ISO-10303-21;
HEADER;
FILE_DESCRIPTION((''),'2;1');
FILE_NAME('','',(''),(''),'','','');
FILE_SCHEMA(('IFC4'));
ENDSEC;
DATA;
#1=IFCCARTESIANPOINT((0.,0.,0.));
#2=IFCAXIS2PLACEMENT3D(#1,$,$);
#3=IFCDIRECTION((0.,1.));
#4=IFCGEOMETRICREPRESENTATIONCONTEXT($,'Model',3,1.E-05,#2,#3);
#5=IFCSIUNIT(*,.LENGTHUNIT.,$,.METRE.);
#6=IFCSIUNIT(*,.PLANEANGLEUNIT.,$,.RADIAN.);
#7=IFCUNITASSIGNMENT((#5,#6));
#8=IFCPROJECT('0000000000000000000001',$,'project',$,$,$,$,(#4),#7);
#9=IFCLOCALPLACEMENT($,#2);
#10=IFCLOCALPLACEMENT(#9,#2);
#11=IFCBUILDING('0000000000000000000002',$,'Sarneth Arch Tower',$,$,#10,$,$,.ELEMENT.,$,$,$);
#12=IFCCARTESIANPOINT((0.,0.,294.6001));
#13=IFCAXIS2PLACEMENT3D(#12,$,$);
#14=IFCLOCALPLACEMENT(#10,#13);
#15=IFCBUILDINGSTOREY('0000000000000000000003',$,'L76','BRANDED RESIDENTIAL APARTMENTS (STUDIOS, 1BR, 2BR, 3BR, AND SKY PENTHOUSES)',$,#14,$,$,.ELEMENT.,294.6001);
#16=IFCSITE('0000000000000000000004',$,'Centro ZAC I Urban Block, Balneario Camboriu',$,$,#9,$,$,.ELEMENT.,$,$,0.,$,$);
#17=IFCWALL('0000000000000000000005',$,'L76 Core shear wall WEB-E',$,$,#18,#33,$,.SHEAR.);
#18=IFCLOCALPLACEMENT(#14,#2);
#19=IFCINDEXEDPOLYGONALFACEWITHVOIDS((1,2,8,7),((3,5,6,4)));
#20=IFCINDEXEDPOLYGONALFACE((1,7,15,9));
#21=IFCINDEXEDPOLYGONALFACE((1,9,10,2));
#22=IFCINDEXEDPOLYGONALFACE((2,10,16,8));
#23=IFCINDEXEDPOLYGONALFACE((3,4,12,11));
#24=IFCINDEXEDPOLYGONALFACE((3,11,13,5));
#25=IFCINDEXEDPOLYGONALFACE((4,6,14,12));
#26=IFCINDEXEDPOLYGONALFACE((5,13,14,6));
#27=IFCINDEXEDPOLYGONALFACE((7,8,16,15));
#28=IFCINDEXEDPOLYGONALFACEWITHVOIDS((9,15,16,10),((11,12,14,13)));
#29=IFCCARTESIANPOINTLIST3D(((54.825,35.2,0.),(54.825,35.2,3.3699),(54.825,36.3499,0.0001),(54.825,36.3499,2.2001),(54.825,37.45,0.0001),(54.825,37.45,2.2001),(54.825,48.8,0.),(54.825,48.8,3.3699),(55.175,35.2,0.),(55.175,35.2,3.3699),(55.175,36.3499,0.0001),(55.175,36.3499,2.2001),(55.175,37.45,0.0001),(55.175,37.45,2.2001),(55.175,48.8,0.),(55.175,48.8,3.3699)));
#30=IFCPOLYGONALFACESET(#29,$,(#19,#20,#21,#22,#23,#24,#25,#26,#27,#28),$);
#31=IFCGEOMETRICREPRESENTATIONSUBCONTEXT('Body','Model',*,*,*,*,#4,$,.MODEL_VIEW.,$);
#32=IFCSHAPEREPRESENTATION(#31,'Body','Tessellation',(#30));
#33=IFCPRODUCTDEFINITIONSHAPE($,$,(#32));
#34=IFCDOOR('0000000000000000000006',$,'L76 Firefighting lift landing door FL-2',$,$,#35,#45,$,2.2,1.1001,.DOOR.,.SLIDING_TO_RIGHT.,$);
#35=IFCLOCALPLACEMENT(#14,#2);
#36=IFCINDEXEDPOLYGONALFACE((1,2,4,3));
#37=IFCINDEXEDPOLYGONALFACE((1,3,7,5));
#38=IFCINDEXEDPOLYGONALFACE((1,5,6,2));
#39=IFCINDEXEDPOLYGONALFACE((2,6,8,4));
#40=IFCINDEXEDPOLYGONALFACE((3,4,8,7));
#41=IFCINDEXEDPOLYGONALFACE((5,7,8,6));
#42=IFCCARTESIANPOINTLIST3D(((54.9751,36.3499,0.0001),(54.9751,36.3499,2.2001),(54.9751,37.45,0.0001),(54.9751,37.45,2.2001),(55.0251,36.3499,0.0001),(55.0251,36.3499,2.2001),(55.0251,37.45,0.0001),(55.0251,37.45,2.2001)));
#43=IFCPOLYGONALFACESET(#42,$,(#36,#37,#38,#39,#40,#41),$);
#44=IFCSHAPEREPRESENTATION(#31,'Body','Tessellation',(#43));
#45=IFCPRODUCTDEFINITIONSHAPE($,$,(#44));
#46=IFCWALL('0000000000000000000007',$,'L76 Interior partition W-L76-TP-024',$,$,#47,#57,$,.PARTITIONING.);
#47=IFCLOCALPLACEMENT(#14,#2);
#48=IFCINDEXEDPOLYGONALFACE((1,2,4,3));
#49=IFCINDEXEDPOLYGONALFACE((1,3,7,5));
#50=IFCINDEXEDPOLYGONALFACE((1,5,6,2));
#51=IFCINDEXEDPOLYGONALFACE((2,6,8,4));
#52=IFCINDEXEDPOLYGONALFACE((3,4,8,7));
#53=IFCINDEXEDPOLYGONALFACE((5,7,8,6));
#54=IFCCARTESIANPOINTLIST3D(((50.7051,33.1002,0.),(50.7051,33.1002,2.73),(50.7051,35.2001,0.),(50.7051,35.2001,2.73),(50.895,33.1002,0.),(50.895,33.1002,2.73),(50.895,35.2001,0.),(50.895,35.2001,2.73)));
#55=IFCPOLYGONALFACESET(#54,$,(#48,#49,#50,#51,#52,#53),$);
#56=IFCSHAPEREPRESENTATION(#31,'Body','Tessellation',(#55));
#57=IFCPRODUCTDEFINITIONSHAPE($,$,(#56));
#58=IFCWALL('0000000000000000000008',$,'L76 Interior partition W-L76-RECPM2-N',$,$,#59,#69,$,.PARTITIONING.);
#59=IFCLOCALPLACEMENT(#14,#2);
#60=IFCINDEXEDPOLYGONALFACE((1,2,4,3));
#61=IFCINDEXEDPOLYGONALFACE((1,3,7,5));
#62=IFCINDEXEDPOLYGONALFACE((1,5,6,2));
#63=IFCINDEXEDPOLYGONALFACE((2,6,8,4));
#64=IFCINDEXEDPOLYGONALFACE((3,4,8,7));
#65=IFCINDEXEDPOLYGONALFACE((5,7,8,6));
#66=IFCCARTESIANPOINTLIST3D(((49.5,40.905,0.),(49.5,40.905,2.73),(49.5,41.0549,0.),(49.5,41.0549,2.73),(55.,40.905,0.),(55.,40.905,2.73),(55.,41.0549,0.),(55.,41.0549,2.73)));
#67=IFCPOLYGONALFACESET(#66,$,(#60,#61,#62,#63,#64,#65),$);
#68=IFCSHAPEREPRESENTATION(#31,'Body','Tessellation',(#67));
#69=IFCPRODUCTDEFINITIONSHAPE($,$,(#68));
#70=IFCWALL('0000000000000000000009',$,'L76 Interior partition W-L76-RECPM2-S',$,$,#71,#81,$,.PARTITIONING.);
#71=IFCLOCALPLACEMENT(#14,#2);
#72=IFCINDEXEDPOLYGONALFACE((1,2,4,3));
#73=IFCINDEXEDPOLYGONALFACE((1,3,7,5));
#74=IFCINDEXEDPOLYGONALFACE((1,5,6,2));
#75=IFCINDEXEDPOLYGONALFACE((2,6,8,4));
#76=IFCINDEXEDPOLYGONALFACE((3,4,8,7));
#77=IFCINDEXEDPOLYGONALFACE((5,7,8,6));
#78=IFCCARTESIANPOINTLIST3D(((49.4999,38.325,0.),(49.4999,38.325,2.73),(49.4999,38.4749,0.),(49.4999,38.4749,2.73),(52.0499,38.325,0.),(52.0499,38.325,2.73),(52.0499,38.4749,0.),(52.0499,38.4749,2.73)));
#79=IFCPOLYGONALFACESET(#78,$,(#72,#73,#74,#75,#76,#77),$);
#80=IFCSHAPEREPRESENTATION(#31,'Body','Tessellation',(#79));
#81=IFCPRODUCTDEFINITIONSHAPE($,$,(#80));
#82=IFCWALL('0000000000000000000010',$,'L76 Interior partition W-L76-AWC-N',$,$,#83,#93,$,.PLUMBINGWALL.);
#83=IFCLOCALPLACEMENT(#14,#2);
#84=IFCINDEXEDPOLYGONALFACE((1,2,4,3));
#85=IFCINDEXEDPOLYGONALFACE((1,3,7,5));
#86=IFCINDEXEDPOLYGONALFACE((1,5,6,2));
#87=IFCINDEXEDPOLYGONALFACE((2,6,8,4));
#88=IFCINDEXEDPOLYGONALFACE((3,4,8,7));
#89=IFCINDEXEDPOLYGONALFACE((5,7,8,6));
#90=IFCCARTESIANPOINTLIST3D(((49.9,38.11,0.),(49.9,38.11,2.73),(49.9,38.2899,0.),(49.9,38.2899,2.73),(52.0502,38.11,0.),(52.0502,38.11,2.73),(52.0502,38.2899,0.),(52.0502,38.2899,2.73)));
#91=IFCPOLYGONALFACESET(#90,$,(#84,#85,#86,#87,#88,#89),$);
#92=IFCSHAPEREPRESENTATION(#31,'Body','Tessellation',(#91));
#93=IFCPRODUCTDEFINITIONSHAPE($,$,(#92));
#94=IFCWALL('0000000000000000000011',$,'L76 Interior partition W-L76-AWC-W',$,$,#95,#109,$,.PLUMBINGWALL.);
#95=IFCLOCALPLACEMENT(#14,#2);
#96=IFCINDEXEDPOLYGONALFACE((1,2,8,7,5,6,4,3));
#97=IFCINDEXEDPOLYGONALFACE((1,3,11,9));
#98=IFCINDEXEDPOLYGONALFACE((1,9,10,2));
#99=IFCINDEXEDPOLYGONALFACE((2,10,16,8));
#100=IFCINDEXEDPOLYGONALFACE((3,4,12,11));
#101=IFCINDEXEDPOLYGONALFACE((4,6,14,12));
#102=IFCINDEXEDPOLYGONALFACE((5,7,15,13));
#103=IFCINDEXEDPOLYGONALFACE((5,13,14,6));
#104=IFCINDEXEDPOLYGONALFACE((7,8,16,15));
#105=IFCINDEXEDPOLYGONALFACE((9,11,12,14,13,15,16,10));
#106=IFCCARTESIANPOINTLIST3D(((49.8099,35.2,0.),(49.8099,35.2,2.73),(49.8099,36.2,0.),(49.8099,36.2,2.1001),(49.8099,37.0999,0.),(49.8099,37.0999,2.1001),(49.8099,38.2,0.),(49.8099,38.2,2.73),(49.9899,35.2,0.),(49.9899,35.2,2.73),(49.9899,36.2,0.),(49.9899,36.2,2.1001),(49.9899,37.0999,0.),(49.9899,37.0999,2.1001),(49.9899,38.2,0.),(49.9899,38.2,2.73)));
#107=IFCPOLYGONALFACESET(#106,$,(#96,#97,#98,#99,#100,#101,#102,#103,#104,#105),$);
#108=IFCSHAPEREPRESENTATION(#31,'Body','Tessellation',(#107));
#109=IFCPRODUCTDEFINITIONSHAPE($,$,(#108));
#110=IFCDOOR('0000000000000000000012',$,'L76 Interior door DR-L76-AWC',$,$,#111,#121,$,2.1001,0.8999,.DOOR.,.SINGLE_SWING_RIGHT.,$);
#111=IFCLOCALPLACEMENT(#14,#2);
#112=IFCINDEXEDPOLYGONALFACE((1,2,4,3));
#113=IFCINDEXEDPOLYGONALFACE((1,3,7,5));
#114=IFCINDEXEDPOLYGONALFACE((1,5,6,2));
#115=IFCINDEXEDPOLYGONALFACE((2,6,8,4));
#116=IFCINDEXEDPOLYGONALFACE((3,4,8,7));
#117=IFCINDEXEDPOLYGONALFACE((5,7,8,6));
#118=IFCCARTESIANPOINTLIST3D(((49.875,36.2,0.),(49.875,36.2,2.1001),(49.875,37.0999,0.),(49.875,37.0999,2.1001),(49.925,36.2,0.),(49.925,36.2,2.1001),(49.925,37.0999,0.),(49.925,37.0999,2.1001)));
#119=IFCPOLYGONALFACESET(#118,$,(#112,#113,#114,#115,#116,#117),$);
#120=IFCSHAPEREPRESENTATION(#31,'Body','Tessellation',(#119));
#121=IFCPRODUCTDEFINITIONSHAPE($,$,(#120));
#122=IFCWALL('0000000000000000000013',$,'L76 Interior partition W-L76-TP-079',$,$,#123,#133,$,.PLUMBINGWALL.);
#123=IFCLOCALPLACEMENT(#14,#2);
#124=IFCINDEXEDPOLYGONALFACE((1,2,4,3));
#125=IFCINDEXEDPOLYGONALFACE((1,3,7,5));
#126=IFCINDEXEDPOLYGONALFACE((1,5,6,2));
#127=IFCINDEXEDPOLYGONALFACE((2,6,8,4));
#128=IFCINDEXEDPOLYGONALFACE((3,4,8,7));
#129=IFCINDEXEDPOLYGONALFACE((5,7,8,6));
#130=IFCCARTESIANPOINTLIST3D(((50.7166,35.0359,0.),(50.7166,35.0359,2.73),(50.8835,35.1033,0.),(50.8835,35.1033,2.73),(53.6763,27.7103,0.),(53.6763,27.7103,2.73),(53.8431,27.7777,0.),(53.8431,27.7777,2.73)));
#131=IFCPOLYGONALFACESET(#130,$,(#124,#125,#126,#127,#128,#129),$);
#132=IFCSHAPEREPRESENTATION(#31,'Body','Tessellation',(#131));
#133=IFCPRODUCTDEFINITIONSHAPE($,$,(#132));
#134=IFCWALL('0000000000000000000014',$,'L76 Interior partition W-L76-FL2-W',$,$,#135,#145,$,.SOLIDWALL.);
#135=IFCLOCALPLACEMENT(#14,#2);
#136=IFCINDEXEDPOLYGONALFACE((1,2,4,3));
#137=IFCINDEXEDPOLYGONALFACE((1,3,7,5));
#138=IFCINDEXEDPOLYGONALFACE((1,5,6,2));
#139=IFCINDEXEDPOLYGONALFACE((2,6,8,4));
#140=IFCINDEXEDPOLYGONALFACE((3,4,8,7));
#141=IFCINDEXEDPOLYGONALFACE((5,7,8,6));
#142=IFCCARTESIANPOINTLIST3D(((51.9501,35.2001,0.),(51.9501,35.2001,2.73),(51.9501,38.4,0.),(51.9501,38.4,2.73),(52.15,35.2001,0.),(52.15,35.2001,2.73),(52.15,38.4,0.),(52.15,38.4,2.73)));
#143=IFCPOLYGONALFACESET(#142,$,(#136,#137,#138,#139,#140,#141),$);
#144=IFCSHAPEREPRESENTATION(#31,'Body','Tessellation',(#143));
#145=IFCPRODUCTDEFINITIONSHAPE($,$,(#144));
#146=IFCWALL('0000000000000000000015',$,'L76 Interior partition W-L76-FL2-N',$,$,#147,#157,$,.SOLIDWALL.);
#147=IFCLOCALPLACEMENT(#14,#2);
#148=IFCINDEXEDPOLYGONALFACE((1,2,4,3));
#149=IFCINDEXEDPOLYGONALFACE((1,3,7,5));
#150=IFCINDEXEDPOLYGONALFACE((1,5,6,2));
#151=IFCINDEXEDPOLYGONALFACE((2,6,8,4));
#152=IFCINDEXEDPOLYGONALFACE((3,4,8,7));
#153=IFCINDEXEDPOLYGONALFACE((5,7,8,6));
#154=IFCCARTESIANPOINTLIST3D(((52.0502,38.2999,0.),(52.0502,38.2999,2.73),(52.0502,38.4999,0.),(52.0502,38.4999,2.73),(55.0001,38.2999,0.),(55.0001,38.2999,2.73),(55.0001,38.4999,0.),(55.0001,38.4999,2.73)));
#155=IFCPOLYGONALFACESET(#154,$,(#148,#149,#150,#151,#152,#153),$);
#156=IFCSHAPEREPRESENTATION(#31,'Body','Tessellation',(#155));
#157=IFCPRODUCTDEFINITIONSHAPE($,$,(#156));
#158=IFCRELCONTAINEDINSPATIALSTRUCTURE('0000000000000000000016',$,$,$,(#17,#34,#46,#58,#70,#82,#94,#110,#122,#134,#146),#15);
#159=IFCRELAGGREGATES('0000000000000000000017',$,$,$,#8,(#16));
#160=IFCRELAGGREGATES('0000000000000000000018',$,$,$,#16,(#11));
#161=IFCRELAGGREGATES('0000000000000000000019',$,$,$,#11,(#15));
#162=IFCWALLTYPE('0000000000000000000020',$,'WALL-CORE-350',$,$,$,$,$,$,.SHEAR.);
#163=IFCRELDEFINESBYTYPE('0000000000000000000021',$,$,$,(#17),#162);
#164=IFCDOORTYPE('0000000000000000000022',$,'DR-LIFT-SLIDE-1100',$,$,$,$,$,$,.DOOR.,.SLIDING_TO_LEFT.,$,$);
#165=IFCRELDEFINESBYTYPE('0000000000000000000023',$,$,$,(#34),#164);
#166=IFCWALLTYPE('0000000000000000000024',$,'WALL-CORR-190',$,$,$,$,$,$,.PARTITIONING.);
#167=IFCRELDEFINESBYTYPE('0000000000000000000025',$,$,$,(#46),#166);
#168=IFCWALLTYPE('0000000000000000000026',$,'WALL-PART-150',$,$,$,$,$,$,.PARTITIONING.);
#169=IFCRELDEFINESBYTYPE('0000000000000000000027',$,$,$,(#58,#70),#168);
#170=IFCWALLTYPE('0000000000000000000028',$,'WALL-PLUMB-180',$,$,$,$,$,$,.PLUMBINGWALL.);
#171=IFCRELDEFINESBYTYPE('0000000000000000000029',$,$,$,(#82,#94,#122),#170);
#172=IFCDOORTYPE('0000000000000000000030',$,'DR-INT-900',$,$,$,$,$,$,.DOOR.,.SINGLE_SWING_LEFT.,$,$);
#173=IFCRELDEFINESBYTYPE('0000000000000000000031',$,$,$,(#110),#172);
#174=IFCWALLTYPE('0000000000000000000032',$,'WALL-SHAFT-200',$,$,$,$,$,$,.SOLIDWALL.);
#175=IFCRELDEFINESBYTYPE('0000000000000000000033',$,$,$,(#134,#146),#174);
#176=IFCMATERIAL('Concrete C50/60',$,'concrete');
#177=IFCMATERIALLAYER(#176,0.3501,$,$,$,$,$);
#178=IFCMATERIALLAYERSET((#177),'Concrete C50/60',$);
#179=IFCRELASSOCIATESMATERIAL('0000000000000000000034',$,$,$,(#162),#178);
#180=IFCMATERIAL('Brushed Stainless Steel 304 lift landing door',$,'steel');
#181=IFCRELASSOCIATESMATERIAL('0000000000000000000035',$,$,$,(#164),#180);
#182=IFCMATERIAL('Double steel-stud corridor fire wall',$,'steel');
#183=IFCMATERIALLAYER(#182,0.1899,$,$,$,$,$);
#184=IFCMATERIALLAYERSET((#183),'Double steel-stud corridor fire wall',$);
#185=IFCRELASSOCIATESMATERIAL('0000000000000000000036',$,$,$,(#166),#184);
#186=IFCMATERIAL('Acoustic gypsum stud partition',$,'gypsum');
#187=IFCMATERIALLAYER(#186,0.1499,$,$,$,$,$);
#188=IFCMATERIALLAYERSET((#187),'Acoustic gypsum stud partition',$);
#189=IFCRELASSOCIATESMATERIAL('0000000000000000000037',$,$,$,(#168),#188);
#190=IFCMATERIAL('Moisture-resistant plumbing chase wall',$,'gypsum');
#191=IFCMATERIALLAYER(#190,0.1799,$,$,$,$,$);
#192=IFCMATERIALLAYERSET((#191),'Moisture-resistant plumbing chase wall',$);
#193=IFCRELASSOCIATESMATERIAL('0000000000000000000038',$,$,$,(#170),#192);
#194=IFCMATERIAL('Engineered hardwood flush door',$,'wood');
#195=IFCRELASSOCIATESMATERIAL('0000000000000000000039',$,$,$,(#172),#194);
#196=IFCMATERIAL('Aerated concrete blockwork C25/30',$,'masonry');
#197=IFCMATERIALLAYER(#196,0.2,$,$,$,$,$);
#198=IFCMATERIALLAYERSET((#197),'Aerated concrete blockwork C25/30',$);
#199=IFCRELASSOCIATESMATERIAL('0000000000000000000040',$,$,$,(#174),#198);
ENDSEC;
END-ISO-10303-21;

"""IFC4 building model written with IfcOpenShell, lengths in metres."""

from ifc_helpers import new_model, si_unit, direction, frame, frame_2d, origin, place, context, subcontext, project, spatial, rectangle, extrude, material, layer, layer_set, type_object, element, fill, save


model = new_model("IFC4")

# Units and contexts
model_context = context("Model", 3, precision=1e-05, world=origin(), true_north=direction((0.0, 1.0)))
body_context = subcontext(model_context, "Body", "Model", "MODEL_VIEW")
ifc_project = project(units=[si_unit("LENGTHUNIT", "METRE"), si_unit("PLANEANGLEUNIT", "RADIAN")], contexts=[model_context])

# Site, building, storey
site_placement = place(None, origin())
site = spatial("IfcSite", under=ifc_project, at=site_placement, Name="Centro ZAC I Urban Block, Balneario Camboriu", CompositionType="ELEMENT", RefElevation=0.0)
building_placement = place(site_placement, origin())
building = spatial("IfcBuilding", under=site, at=building_placement, Name="Sarneth Arch Tower", CompositionType="ELEMENT")
storey_placement = place(building_placement, frame((0.0, 0.0, 294.6001)))
storey = spatial("IfcBuildingStorey", under=building, at=storey_placement, Name="L76", Description="BRANDED RESIDENTIAL APARTMENTS (STUDIOS, 1BR, 2BR, 3BR, AND SKY PENTHOUSES)", CompositionType="ELEMENT", Elevation=294.6001)

# Shared definitions
ifc_material_1 = material(Name="Concrete C50/60", Category="concrete")
ifc_layer_1 = layer(ifc_material_1, 0.3501)
ifc_layer_set_1 = layer_set([ifc_layer_1], Name="Concrete C50/60")
wall_type_1 = type_object("IfcWallType", Name="WALL-CORE-350", PredefinedType="SHEAR", material=ifc_layer_set_1)

# Wall, opening, door
wall_1_placement = place(storey_placement, frame((55.0, 35.2, 0.0), z_axis=(0.0, 0.0, 1.0), x_axis=(0.0, 1.0, 0.0)))
wall_1 = element("IfcWall", 1, at=wall_1_placement, inside=storey, type_object=wall_type_1, Name="L76 Core shear wall WEB-E", PredefinedType="SHEAR", context=body_context, shape_type="SweptSolid", body=[
    extrude(rectangle(XDim=13.6001, YDim=0.3501, at=frame_2d((6.8, 0.0))), origin(), (0.0, 0.0, 1.0), 3.3699),
])
opening_1_placement = place(wall_1_placement, frame((1.1499, 0.0, 0.0)))
opening_1 = element("IfcOpeningElement", 2, at=opening_1_placement, cuts=wall_1, PredefinedType="OPENING", context=body_context, shape_type="SweptSolid", body=[
    extrude(rectangle(XDim=1.1001, YDim=2.2, at=frame_2d((0.55, 1.1001))), frame((0.0, 0.1851, 0.0), z_axis=(0.0, -1.0, 0.0), x_axis=(1.0, 0.0, 0.0)), (0.0, 0.0, 1.0), 0.3701),
])
ifc_material_2 = material(Name="Brushed Stainless Steel 304 lift landing door", Category="steel")
door_type_1 = type_object("IfcDoorType", Name="DR-LIFT-SLIDE-1100", OperationType="SLIDING_TO_LEFT", PredefinedType="DOOR", material=ifc_material_2)
door_1_placement = place(opening_1_placement, origin())
door_1 = element("IfcDoor", 3, at=door_1_placement, inside=storey, type_object=door_type_1, Name="L76 Firefighting lift landing door FL-2", OperationType="SLIDING_TO_RIGHT", OverallHeight=2.2, OverallWidth=1.1001, PredefinedType="DOOR", context=body_context, shape_type="SweptSolid", body=[
    extrude(rectangle(XDim=1.1001, YDim=2.2, at=frame_2d((0.55, 1.1001))), frame((0.0, 0.0249, 0.0), z_axis=(0.0, -1.0, 0.0), x_axis=(1.0, 0.0, 0.0)), (0.0, 0.0, 1.0), 0.05),
])
fill(opening_1, door_1)

# Walls
ifc_material_3 = material(Name="Double steel-stud corridor fire wall", Category="steel")
ifc_layer_2 = layer(ifc_material_3, 0.1899)
ifc_layer_set_2 = layer_set([ifc_layer_2], Name="Double steel-stud corridor fire wall")
wall_type_2 = type_object("IfcWallType", Name="WALL-CORR-190", PredefinedType="PARTITIONING", material=ifc_layer_set_2)
wall_2_placement = place(storey_placement, frame((50.8, 35.2, 0.0), z_axis=(0.0, 0.0, 1.0), x_axis=(0.0, -1.0, 0.0)))
element("IfcWall", 4, at=wall_2_placement, inside=storey, type_object=wall_type_2, Name="L76 Interior partition W-L76-TP-024", PredefinedType="PARTITIONING", context=body_context, shape_type="SweptSolid", body=[
    extrude(rectangle(XDim=2.0999, YDim=0.1899, at=frame_2d((1.0498, 0.0))), origin(), (0.0, 0.0, 1.0), 2.73),
])
ifc_material_4 = material(Name="Acoustic gypsum stud partition", Category="gypsum")
ifc_layer_3 = layer(ifc_material_4, 0.1499)
ifc_layer_set_3 = layer_set([ifc_layer_3], Name="Acoustic gypsum stud partition")
wall_type_3 = type_object("IfcWallType", Name="WALL-PART-150", PredefinedType="PARTITIONING", material=ifc_layer_set_3)
wall_3_placement = place(storey_placement, frame((49.5, 40.98, 0.0), z_axis=(0.0, 0.0, 1.0), x_axis=(1.0, 0.0, 0.0)))
element("IfcWall", 5, at=wall_3_placement, inside=storey, type_object=wall_type_3, Name="L76 Interior partition W-L76-RECPM2-N", PredefinedType="PARTITIONING", context=body_context, shape_type="SweptSolid", body=[
    extrude(rectangle(XDim=5.5, YDim=0.1499, at=frame_2d((2.75, 0.0))), origin(), (0.0, 0.0, 1.0), 2.73),
])
wall_4_placement = place(storey_placement, frame((49.5, 38.3999, 0.0), z_axis=(0.0, 0.0, 1.0), x_axis=(1.0, 0.0, 0.0)))
element("IfcWall", 6, at=wall_4_placement, inside=storey, type_object=wall_type_3, Name="L76 Interior partition W-L76-RECPM2-S", PredefinedType="PARTITIONING", context=body_context, shape_type="SweptSolid", body=[
    extrude(rectangle(XDim=2.55, YDim=0.1499, at=frame_2d((1.2749, 0.0))), origin(), (0.0, 0.0, 1.0), 2.73),
])

# Wall
ifc_material_5 = material(Name="Moisture-resistant plumbing chase wall", Category="gypsum")
ifc_layer_4 = layer(ifc_material_5, 0.1799)
ifc_layer_set_4 = layer_set([ifc_layer_4], Name="Moisture-resistant plumbing chase wall")
wall_type_4 = type_object("IfcWallType", Name="WALL-PLUMB-180", PredefinedType="PLUMBINGWALL", material=ifc_layer_set_4)
wall_5_placement = place(storey_placement, frame((49.8999, 38.2, 0.0), z_axis=(0.0, 0.0, 1.0), x_axis=(1.0, 0.0, 0.0)))
element("IfcWall", 7, at=wall_5_placement, inside=storey, type_object=wall_type_4, Name="L76 Interior partition W-L76-AWC-N", PredefinedType="PLUMBINGWALL", context=body_context, shape_type="SweptSolid", body=[
    extrude(rectangle(XDim=2.1501, YDim=0.1799, at=frame_2d((1.0752, 0.0))), origin(), (0.0, 0.0, 1.0), 2.73),
])

# Wall, opening, door
wall_6_placement = place(storey_placement, frame((49.8999, 35.2, 0.0), z_axis=(0.0, 0.0, 1.0), x_axis=(0.0, 1.0, 0.0)))
wall_6 = element("IfcWall", 8, at=wall_6_placement, inside=storey, type_object=wall_type_4, Name="L76 Interior partition W-L76-AWC-W", PredefinedType="PLUMBINGWALL", context=body_context, shape_type="SweptSolid", body=[
    extrude(rectangle(XDim=3.0, YDim=0.1799, at=frame_2d((1.5, 0.0))), origin(), (0.0, 0.0, 1.0), 2.73),
])
opening_2_placement = place(wall_6_placement, frame((1.0, 0.0, 0.0)))
opening_2 = element("IfcOpeningElement", 9, at=opening_2_placement, cuts=wall_6, PredefinedType="OPENING", context=body_context, shape_type="SweptSolid", body=[
    extrude(rectangle(XDim=0.8999, YDim=2.1001, at=frame_2d((0.45, 1.05))), frame((0.0, 0.0999, 0.0), z_axis=(0.0, -1.0, 0.0), x_axis=(1.0, 0.0, 0.0)), (0.0, 0.0, 1.0), 0.2),
])
ifc_material_6 = material(Name="Engineered hardwood flush door", Category="wood")
door_type_2 = type_object("IfcDoorType", Name="DR-INT-900", OperationType="SINGLE_SWING_LEFT", PredefinedType="DOOR", material=ifc_material_6)
door_2_placement = place(opening_2_placement, origin())
door_2 = element("IfcDoor", 10, at=door_2_placement, inside=storey, type_object=door_type_2, Name="L76 Interior door DR-L76-AWC", OperationType="SINGLE_SWING_RIGHT", OverallHeight=2.1001, OverallWidth=0.8999, PredefinedType="DOOR", context=body_context, shape_type="SweptSolid", body=[
    extrude(rectangle(XDim=0.8999, YDim=2.1001, at=frame_2d((0.45, 1.05))), frame((0.0, 0.0249, 0.0), z_axis=(0.0, -1.0, 0.0), x_axis=(1.0, 0.0, 0.0)), (0.0, 0.0, 1.0), 0.05),
])
fill(opening_2, door_2)

# Wall
wall_7_placement = place(storey_placement, frame((50.8, 35.0696, 0.0), z_axis=(0.0, 0.0, 1.0), x_axis=(0.374601, -0.927186, 0.0)))
element("IfcWall", 11, at=wall_7_placement, inside=storey, type_object=wall_type_4, Name="L76 Interior partition W-L76-TP-079", PredefinedType="PLUMBINGWALL", context=body_context, shape_type="SweptSolid", body=[
    extrude(rectangle(XDim=7.9009, YDim=0.1799, at=frame_2d((3.9504, 0.0))), origin(), (0.0, 0.0, 1.0), 2.73),
])

# Shared definitions
ifc_material_7 = material(Name="Aerated concrete blockwork C25/30", Category="masonry")
ifc_layer_5 = layer(ifc_material_7, 0.2)
ifc_layer_set_5 = layer_set([ifc_layer_5], Name="Aerated concrete blockwork C25/30")
wall_type_5 = type_object("IfcWallType", Name="WALL-SHAFT-200", PredefinedType="SOLIDWALL", material=ifc_layer_set_5)

# Walls
wall_8_placement = place(storey_placement, frame((52.05, 35.2, 0.0), z_axis=(0.0, 0.0, 1.0), x_axis=(0.0, 1.0, 0.0)))
element("IfcWall", 12, at=wall_8_placement, inside=storey, type_object=wall_type_5, Name="L76 Interior partition W-L76-FL2-W", PredefinedType="SOLIDWALL", context=body_context, shape_type="SweptSolid", body=[
    extrude(rectangle(XDim=3.2, YDim=0.2, at=frame_2d((1.6001, 0.0))), origin(), (0.0, 0.0, 1.0), 2.73),
])
wall_9_placement = place(storey_placement, frame((52.05, 38.3999, 0.0), z_axis=(0.0, 0.0, 1.0), x_axis=(1.0, 0.0, 0.0)))
element("IfcWall", 13, at=wall_9_placement, inside=storey, type_object=wall_type_5, Name="L76 Interior partition W-L76-FL2-N", PredefinedType="SOLIDWALL", context=body_context, shape_type="SweptSolid", body=[
    extrude(rectangle(XDim=2.95, YDim=0.2, at=frame_2d((1.4751, 0.0))), origin(), (0.0, 0.0, 1.0), 2.73),
])

save(model, "model.ifc")
